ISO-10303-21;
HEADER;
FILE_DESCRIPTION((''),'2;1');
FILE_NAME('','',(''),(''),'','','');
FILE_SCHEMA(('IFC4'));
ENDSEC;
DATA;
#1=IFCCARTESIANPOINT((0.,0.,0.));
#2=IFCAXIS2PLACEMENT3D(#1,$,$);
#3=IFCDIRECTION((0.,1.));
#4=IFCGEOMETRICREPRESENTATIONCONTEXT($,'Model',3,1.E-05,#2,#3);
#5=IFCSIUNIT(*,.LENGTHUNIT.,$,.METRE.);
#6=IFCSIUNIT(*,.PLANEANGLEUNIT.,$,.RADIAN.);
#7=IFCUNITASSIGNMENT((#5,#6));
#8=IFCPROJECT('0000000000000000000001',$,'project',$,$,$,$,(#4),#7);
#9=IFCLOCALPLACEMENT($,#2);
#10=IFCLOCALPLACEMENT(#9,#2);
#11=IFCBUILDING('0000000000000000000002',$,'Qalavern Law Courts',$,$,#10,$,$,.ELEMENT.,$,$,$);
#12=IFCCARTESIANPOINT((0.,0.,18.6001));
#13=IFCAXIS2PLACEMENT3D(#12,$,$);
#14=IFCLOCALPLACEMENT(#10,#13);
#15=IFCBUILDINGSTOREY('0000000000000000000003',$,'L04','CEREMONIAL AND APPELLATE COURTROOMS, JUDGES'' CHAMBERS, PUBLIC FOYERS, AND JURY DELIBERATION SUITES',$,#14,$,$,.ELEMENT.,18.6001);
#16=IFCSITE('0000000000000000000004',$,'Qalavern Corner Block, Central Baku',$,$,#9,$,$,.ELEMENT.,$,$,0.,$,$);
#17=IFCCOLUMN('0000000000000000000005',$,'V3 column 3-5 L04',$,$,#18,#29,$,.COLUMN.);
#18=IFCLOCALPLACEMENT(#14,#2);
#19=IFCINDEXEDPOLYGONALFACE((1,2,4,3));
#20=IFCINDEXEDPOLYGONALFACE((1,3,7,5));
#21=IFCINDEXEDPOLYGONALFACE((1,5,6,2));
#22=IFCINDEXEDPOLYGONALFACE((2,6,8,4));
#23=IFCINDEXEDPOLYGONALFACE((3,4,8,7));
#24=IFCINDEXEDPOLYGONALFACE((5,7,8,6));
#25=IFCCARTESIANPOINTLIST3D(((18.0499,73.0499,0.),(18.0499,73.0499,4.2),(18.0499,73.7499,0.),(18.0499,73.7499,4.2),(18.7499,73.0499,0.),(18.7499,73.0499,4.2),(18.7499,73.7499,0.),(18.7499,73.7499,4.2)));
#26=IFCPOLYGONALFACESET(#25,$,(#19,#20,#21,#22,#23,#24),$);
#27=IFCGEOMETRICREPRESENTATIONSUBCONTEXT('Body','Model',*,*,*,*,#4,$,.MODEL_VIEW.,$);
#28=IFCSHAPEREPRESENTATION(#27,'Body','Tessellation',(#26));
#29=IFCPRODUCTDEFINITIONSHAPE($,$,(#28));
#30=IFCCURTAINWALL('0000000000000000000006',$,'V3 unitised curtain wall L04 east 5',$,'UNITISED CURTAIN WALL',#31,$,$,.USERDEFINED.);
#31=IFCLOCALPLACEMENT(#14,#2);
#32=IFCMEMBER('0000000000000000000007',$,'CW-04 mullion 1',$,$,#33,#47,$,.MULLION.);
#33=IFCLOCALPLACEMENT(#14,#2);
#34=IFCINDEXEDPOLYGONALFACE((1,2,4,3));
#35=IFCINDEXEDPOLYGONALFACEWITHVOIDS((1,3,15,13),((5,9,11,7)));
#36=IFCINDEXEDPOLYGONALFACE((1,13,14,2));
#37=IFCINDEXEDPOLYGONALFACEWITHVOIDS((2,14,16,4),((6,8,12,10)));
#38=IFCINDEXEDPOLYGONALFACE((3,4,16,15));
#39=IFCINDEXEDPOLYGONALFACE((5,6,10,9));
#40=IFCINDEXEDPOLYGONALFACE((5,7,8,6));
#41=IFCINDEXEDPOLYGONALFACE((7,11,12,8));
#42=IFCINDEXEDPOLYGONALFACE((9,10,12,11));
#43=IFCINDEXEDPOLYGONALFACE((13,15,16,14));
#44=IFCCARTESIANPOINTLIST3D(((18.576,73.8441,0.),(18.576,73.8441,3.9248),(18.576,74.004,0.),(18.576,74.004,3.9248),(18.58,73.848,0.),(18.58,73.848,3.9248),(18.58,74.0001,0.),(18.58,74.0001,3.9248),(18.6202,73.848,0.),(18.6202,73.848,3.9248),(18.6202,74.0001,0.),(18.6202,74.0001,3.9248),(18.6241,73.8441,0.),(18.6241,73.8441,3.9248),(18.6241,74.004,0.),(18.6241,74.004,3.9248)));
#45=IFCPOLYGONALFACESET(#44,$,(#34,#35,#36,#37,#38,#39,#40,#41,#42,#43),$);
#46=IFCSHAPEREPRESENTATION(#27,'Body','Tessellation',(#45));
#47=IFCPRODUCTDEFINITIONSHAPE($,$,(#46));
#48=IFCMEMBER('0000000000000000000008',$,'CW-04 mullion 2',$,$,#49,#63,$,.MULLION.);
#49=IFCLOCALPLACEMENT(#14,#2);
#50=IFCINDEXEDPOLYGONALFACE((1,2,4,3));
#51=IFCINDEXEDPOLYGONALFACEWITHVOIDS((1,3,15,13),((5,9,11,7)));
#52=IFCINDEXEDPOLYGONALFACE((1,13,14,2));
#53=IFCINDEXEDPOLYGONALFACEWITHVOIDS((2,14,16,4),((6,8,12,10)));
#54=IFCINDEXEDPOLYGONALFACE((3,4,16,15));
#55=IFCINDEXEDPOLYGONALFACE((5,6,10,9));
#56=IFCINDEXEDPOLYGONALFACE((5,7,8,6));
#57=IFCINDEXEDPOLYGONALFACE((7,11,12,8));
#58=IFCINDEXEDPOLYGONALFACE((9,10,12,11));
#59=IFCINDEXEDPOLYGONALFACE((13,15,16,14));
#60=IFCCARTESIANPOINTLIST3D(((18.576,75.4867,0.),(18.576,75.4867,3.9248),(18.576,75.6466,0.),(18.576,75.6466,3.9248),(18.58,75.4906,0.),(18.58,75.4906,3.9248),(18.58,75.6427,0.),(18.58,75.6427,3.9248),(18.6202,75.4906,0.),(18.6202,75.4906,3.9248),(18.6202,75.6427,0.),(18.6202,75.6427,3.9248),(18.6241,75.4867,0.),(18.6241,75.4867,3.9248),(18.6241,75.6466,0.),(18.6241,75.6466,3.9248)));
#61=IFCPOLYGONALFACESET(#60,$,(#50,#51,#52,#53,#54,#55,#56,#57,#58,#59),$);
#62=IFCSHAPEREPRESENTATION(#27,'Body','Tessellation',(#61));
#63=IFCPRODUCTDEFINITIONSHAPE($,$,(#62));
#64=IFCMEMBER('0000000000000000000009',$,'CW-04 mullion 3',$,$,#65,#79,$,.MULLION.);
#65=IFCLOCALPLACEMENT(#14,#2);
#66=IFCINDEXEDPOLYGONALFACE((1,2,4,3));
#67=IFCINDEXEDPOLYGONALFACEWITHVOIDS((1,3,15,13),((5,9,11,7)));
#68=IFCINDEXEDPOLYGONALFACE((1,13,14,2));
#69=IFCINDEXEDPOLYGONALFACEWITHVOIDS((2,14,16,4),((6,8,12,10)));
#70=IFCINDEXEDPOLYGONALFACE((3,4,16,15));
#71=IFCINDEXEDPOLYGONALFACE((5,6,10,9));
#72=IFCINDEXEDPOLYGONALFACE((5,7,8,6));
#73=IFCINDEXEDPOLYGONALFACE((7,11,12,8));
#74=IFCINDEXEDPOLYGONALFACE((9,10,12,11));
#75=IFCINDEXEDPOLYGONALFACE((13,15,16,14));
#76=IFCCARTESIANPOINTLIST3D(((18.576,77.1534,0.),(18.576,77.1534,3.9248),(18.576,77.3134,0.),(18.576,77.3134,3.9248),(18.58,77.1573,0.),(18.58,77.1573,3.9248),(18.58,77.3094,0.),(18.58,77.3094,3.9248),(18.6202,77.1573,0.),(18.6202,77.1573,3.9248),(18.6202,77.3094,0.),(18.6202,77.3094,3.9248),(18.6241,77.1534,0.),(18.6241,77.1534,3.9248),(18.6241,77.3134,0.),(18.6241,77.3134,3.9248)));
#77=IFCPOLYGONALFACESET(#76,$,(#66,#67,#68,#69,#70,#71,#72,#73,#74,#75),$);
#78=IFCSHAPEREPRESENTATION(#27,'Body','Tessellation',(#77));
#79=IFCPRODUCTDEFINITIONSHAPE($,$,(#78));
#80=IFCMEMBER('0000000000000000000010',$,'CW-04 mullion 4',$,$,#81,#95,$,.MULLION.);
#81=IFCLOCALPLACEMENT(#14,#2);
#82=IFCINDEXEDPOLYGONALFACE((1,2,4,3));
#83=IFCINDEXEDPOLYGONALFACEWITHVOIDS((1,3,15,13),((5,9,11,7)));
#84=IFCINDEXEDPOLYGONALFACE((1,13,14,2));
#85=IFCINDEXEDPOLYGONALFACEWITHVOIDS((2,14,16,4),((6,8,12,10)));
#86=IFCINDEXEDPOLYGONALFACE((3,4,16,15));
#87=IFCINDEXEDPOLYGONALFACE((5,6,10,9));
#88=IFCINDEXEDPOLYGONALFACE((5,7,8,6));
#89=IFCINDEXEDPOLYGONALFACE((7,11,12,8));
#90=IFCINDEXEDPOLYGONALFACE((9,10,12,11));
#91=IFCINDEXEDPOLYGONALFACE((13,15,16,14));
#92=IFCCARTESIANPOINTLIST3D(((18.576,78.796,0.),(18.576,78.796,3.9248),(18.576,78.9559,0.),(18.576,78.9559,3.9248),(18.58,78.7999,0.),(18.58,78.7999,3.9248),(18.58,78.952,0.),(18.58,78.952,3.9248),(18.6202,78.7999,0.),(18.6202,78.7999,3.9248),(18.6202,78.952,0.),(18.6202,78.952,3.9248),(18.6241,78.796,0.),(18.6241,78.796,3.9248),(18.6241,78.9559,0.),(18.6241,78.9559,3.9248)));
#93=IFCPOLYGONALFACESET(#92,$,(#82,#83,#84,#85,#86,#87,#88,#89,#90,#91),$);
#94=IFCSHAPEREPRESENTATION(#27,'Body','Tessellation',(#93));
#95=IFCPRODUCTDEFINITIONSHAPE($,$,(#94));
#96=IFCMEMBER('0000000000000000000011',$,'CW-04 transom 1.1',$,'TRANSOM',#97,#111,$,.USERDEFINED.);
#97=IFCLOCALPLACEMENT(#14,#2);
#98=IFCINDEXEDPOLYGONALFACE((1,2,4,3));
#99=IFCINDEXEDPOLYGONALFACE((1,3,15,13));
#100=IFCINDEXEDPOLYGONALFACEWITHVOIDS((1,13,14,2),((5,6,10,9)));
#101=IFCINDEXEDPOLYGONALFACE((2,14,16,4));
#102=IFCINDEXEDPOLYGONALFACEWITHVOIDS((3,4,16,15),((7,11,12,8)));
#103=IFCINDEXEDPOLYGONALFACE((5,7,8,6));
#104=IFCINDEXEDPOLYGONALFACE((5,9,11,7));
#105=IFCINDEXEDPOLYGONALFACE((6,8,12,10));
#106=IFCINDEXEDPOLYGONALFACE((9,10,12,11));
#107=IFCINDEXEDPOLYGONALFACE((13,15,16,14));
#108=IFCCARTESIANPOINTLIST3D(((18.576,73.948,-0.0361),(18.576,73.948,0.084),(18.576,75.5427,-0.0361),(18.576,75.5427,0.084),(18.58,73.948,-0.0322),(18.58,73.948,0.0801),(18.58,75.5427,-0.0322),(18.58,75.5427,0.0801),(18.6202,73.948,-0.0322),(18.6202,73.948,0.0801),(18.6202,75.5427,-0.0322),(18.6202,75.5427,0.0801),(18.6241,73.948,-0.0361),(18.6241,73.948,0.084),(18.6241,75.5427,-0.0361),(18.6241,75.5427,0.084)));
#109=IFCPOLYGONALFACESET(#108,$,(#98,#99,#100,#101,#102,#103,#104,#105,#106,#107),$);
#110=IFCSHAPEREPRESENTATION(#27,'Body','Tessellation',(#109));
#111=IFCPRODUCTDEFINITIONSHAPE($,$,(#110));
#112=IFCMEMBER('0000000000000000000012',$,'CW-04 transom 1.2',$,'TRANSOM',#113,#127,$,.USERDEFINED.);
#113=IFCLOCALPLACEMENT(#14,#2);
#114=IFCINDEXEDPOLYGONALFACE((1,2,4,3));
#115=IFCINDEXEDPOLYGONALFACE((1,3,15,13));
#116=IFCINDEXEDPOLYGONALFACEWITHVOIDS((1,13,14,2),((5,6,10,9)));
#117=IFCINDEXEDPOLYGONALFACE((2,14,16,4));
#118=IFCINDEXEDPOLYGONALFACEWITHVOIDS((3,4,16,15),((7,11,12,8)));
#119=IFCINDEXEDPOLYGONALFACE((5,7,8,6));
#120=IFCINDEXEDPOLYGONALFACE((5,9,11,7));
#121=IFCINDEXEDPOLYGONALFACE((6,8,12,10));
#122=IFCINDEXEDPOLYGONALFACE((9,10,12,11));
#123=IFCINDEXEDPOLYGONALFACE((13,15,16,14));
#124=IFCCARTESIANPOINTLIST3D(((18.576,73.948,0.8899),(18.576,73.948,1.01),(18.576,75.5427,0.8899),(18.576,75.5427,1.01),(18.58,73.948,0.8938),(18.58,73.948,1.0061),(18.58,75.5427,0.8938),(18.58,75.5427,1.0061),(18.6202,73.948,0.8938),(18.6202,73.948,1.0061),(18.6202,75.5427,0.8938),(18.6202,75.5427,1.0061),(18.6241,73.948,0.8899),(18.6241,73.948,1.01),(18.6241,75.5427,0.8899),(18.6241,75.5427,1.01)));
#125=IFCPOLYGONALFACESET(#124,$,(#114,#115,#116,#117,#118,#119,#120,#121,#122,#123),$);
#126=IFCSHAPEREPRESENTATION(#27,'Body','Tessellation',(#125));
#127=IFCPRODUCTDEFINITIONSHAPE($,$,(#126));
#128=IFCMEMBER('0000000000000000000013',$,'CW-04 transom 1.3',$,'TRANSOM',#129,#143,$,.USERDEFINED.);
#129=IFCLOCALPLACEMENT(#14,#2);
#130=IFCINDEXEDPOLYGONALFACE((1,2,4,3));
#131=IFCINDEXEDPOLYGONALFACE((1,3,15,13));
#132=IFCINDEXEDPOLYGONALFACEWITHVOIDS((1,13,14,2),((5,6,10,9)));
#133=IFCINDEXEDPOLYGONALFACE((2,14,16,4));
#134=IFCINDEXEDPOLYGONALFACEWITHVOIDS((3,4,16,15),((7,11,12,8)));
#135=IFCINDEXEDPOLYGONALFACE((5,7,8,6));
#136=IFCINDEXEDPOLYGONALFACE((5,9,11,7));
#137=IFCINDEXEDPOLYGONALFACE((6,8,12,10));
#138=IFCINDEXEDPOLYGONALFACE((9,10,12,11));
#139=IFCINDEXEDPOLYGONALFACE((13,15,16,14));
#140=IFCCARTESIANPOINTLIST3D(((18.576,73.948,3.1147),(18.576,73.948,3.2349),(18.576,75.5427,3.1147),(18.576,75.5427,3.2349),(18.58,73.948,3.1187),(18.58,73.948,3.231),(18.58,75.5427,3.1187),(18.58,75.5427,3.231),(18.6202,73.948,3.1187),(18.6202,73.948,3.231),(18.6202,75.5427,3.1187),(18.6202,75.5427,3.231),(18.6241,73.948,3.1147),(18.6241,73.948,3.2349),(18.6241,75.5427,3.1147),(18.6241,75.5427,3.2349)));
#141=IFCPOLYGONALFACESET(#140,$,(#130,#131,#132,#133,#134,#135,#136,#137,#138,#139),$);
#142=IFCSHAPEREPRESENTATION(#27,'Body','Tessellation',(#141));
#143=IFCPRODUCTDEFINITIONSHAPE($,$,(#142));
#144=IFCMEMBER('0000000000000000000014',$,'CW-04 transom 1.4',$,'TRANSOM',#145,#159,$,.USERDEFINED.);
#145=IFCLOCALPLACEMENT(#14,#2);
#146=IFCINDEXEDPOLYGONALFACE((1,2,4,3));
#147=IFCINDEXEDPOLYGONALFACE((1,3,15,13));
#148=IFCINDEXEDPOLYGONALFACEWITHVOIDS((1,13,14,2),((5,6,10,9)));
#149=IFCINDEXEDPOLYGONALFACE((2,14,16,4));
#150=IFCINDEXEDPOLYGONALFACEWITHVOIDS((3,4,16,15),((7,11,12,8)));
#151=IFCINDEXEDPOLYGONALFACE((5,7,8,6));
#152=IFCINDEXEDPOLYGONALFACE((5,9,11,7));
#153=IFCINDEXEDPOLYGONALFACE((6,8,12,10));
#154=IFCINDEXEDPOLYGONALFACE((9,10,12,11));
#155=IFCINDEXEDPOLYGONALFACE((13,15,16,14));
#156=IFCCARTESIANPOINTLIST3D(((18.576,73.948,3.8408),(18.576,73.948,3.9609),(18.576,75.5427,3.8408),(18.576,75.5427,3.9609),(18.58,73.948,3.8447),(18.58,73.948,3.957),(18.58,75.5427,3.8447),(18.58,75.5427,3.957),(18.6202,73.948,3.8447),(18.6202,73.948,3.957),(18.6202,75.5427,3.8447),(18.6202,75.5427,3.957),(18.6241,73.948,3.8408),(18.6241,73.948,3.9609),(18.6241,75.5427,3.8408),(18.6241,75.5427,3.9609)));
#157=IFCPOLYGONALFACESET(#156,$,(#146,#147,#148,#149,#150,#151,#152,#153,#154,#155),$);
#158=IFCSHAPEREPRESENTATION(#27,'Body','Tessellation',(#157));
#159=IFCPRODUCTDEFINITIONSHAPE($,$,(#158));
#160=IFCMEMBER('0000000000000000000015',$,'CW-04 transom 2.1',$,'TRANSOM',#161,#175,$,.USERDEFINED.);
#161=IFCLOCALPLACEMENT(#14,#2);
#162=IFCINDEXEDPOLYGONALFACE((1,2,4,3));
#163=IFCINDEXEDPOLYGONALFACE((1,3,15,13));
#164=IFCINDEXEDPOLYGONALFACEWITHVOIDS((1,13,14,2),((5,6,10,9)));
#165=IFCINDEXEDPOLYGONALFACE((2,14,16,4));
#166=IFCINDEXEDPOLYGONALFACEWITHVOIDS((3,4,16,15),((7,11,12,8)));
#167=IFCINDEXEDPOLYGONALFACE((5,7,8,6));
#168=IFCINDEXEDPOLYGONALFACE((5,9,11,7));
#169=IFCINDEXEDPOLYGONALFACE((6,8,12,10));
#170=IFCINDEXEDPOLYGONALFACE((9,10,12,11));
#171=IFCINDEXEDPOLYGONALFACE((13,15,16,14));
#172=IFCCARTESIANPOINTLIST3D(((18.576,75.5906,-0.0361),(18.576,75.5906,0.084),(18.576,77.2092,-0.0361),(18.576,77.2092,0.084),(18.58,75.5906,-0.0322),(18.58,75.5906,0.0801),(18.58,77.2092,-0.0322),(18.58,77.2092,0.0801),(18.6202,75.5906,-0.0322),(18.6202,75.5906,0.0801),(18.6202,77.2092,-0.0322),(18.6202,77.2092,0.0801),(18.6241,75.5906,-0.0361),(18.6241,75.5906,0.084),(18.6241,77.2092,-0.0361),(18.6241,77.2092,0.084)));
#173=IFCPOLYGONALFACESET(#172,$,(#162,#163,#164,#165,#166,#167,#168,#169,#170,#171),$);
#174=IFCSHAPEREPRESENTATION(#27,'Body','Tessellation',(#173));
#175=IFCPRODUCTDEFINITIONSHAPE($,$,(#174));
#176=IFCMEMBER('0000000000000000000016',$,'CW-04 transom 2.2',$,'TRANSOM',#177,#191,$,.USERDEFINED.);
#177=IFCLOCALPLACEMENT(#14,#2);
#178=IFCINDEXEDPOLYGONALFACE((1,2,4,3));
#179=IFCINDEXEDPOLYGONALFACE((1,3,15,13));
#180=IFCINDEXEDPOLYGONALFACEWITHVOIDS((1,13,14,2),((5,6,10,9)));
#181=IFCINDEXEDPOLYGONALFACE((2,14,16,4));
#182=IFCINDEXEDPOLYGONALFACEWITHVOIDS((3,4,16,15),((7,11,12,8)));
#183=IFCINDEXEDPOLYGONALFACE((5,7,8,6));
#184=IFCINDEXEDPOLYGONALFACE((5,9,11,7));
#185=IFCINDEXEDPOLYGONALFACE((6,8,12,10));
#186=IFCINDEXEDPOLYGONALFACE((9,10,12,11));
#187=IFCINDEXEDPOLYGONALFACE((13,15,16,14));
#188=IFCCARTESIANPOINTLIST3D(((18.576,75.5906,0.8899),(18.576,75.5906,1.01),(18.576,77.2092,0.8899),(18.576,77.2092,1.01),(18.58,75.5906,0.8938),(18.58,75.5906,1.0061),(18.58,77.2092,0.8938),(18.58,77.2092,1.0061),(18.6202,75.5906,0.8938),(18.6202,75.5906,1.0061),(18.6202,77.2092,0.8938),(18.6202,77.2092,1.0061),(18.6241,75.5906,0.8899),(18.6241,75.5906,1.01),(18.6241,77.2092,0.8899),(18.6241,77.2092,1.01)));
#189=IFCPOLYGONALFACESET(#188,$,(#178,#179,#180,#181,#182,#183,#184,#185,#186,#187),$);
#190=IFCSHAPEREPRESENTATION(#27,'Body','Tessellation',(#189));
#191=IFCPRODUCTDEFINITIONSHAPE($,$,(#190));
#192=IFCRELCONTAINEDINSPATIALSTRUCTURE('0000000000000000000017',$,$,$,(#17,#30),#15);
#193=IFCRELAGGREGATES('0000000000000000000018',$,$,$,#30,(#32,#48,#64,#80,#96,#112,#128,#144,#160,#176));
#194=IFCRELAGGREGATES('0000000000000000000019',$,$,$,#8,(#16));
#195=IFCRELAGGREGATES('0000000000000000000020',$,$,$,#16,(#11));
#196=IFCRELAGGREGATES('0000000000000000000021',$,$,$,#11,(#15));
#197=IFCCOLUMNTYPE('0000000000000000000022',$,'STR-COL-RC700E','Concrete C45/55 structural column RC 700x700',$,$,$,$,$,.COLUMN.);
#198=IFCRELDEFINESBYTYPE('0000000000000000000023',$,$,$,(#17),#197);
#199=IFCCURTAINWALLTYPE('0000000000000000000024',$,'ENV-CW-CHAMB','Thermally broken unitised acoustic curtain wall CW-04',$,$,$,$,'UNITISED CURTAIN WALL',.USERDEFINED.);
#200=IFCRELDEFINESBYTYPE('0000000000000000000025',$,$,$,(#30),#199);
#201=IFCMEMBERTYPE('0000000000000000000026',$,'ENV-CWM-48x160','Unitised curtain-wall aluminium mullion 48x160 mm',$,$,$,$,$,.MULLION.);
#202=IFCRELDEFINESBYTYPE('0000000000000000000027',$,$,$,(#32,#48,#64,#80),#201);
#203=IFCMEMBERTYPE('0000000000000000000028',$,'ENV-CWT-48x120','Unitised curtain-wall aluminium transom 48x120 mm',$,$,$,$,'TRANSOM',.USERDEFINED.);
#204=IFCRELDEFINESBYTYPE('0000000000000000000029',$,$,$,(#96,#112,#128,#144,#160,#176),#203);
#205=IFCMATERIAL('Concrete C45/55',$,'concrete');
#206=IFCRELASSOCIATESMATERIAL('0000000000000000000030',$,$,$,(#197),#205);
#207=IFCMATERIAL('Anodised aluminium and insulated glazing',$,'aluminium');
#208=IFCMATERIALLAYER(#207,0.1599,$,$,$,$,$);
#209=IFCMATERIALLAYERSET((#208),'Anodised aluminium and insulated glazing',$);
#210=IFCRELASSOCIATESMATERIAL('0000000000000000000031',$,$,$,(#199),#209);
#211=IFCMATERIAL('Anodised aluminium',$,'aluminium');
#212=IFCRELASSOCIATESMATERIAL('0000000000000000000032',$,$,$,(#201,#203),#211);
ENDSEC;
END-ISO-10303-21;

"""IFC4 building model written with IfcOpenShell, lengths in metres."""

from ifc_helpers import new_model, si_unit, direction, frame, origin, origin_2d, place, context, subcontext, project, spatial, rectangle, hollow_rectangle, extrude, material, layer, layer_set, material_profile, profile_set, type_object, element, aggregate, save


model = new_model("IFC4")

# Units and contexts
model_context = context("Model", 3, precision=1e-05, world=origin(), true_north=direction((0.0, 1.0)))
body_context = subcontext(model_context, "Body", "Model", "MODEL_VIEW")
ifc_project = project(units=[si_unit("LENGTHUNIT", "METRE"), si_unit("PLANEANGLEUNIT", "RADIAN")], contexts=[model_context])

# Site, building, storey
site_placement = place(None, origin())
site = spatial("IfcSite", under=ifc_project, at=site_placement, Name="Qalavern Corner Block, Central Baku", CompositionType="ELEMENT", RefElevation=0.0)
building_placement = place(site_placement, origin())
building = spatial("IfcBuilding", under=site, at=building_placement, Name="Qalavern Law Courts", CompositionType="ELEMENT")
storey_placement = place(building_placement, frame((0.0, 0.0, 18.6001)))
storey = spatial("IfcBuildingStorey", under=building, at=storey_placement, Name="L04", Description="CEREMONIAL AND APPELLATE COURTROOMS, JUDGES' CHAMBERS, PUBLIC FOYERS, AND JURY DELIBERATION SUITES", CompositionType="ELEMENT", Elevation=18.6001)

# Column
ifc_material_1 = material(Name="Concrete C45/55", Category="concrete")
ifc_material_profile_1 = material_profile(ifc_material_1, rectangle(XDim=0.7, YDim=0.7, at=origin_2d()), Name="RC 700x700")
ifc_profile_set_1 = profile_set([ifc_material_profile_1], Name="Concrete C45/55")
column_type = type_object("IfcColumnType", Name="STR-COL-RC700E", Description="Concrete C45/55 structural column RC 700x700", PredefinedType="COLUMN", material=ifc_profile_set_1)
column_placement = place(storey_placement, frame((18.3999, 73.3999, 0.0), z_axis=(0.0, 0.0, 1.0), x_axis=(1.0, 0.0, 0.0)))
element("IfcColumn", 1, at=column_placement, inside=storey, type_object=column_type, Name="V3 column 3-5 L04", PredefinedType="COLUMN", context=body_context, shape_type="SweptSolid", body=[
    extrude(rectangle(XDim=0.7, YDim=0.7, at=origin_2d()), origin(), (0.0, 0.0, 1.0), 4.2),
])

# Curtain wall, members
ifc_material_2 = material(Name="Anodised aluminium and insulated glazing", Category="aluminium")
ifc_layer_1 = layer(ifc_material_2, 0.1599)
ifc_layer_set_1 = layer_set([ifc_layer_1], Name="Anodised aluminium and insulated glazing")
curtain_wall_type = type_object("IfcCurtainWallType", Name="ENV-CW-CHAMB", Description="Thermally broken unitised acoustic curtain wall CW-04", ElementType="UNITISED CURTAIN WALL", PredefinedType="USERDEFINED", material=ifc_layer_set_1)
curtain_wall_placement = place(storey_placement, origin())
curtain_wall = element("IfcCurtainWall", 2, at=curtain_wall_placement, inside=storey, type_object=curtain_wall_type, Name="V3 unitised curtain wall L04 east 5", ObjectType="UNITISED CURTAIN WALL", PredefinedType="USERDEFINED")
ifc_material_3 = material(Name="Anodised aluminium", Category="aluminium")
ifc_material_profile_2 = material_profile(ifc_material_3, hollow_rectangle(XDim=0.0481, YDim=0.1599, WallThickness=0.0039, at=origin_2d()), Name="ALU MULLION 48x160")
ifc_profile_set_2 = profile_set([ifc_material_profile_2], Name="Anodised aluminium")
member_type_1 = type_object("IfcMemberType", Name="ENV-CWM-48x160", Description="Unitised curtain-wall aluminium mullion 48x160 mm", PredefinedType="MULLION", material=ifc_profile_set_2)
member_1_placement = place(storey_placement, frame((18.6001, 73.9241, 0.0), z_axis=(0.0, 0.0, 1.0), x_axis=(-1.0, 0.0, 0.0)))
member_1 = element("IfcMember", 3, at=member_1_placement, type_object=member_type_1, Name="CW-04 mullion 1", PredefinedType="MULLION", context=body_context, shape_type="SweptSolid", body=[
    extrude(hollow_rectangle(XDim=0.0481, YDim=0.1599, WallThickness=0.0039, at=origin_2d()), origin(), (0.0, 0.0, 1.0), 3.9248),
])
member_2_placement = place(storey_placement, frame((18.6001, 75.5667, 0.0), z_axis=(0.0, 0.0, 1.0), x_axis=(-1.0, 0.0, 0.0)))
member_2 = element("IfcMember", 4, at=member_2_placement, type_object=member_type_1, Name="CW-04 mullion 2", PredefinedType="MULLION", context=body_context, shape_type="SweptSolid", body=[
    extrude(hollow_rectangle(XDim=0.0481, YDim=0.1599, WallThickness=0.0039, at=origin_2d()), origin(), (0.0, 0.0, 1.0), 3.9248),
])
member_3_placement = place(storey_placement, frame((18.6001, 77.2334, 0.0), z_axis=(0.0, 0.0, 1.0), x_axis=(-1.0, 0.0, 0.0)))
member_3 = element("IfcMember", 5, at=member_3_placement, type_object=member_type_1, Name="CW-04 mullion 3", PredefinedType="MULLION", context=body_context, shape_type="SweptSolid", body=[
    extrude(hollow_rectangle(XDim=0.0481, YDim=0.1599, WallThickness=0.0039, at=origin_2d()), origin(), (0.0, 0.0, 1.0), 3.9248),
])
member_4_placement = place(storey_placement, frame((18.6001, 78.876, 0.0), z_axis=(0.0, 0.0, 1.0), x_axis=(-1.0, 0.0, 0.0)))
member_4 = element("IfcMember", 6, at=member_4_placement, type_object=member_type_1, Name="CW-04 mullion 4", PredefinedType="MULLION", context=body_context, shape_type="SweptSolid", body=[
    extrude(hollow_rectangle(XDim=0.0481, YDim=0.1599, WallThickness=0.0039, at=origin_2d()), origin(), (0.0, 0.0, 1.0), 3.9248),
])
ifc_material_profile_3 = material_profile(ifc_material_3, hollow_rectangle(XDim=0.0481, YDim=0.1201, WallThickness=0.0039, at=origin_2d()), Name="ALU TRANSOM 48x120")
ifc_profile_set_3 = profile_set([ifc_material_profile_3], Name="Anodised aluminium")
member_type_2 = type_object("IfcMemberType", Name="ENV-CWT-48x120", Description="Unitised curtain-wall aluminium transom 48x120 mm", ElementType="TRANSOM", PredefinedType="USERDEFINED", material=ifc_profile_set_3)
member_5_placement = place(storey_placement, frame((18.6001, 73.948, 0.0239), z_axis=(0.0, 1.0, 0.0), x_axis=(-1.0, 0.0, 0.0)))
member_5 = element("IfcMember", 7, at=member_5_placement, type_object=member_type_2, Name="CW-04 transom 1.1", ObjectType="TRANSOM", PredefinedType="USERDEFINED", context=body_context, shape_type="SweptSolid", body=[
    extrude(hollow_rectangle(XDim=0.0481, YDim=0.1201, WallThickness=0.0039, at=origin_2d()), origin(), (0.0, 0.0, 1.0), 1.5947),
])
member_6_placement = place(storey_placement, frame((18.6001, 73.948, 0.95), z_axis=(0.0, 1.0, 0.0), x_axis=(-1.0, 0.0, 0.0)))
member_6 = element("IfcMember", 8, at=member_6_placement, type_object=member_type_2, Name="CW-04 transom 1.2", ObjectType="TRANSOM", PredefinedType="USERDEFINED", context=body_context, shape_type="SweptSolid", body=[
    extrude(hollow_rectangle(XDim=0.0481, YDim=0.1201, WallThickness=0.0039, at=origin_2d()), origin(), (0.0, 0.0, 1.0), 1.5947),
])
member_7_placement = place(storey_placement, frame((18.6001, 73.948, 3.1748), z_axis=(0.0, 1.0, 0.0), x_axis=(-1.0, 0.0, 0.0)))
member_7 = element("IfcMember", 9, at=member_7_placement, type_object=member_type_2, Name="CW-04 transom 1.3", ObjectType="TRANSOM", PredefinedType="USERDEFINED", context=body_context, shape_type="SweptSolid", body=[
    extrude(hollow_rectangle(XDim=0.0481, YDim=0.1201, WallThickness=0.0039, at=origin_2d()), origin(), (0.0, 0.0, 1.0), 1.5947),
])
member_8_placement = place(storey_placement, frame((18.6001, 73.948, 3.9009), z_axis=(0.0, 1.0, 0.0), x_axis=(-1.0, 0.0, 0.0)))
member_8 = element("IfcMember", 10, at=member_8_placement, type_object=member_type_2, Name="CW-04 transom 1.4", ObjectType="TRANSOM", PredefinedType="USERDEFINED", context=body_context, shape_type="SweptSolid", body=[
    extrude(hollow_rectangle(XDim=0.0481, YDim=0.1201, WallThickness=0.0039, at=origin_2d()), origin(), (0.0, 0.0, 1.0), 1.5947),
])
member_9_placement = place(storey_placement, frame((18.6001, 75.5906, 0.0239), z_axis=(0.0, 1.0, 0.0), x_axis=(-1.0, 0.0, 0.0)))
member_9 = element("IfcMember", 11, at=member_9_placement, type_object=member_type_2, Name="CW-04 transom 2.1", ObjectType="TRANSOM", PredefinedType="USERDEFINED", context=body_context, shape_type="SweptSolid", body=[
    extrude(hollow_rectangle(XDim=0.0481, YDim=0.1201, WallThickness=0.0039, at=origin_2d()), origin(), (0.0, 0.0, 1.0), 1.6187),
])
member_10_placement = place(storey_placement, frame((18.6001, 75.5906, 0.95), z_axis=(0.0, 1.0, 0.0), x_axis=(-1.0, 0.0, 0.0)))
member_10 = element("IfcMember", 12, at=member_10_placement, type_object=member_type_2, Name="CW-04 transom 2.2", ObjectType="TRANSOM", PredefinedType="USERDEFINED", context=body_context, shape_type="SweptSolid", body=[
    extrude(hollow_rectangle(XDim=0.0481, YDim=0.1201, WallThickness=0.0039, at=origin_2d()), origin(), (0.0, 0.0, 1.0), 1.6187),
])

aggregate(curtain_wall, [member_1, member_2, member_3, member_4, member_5, member_6, member_7, member_8, member_9, member_10])

save(model, "model.ifc")
